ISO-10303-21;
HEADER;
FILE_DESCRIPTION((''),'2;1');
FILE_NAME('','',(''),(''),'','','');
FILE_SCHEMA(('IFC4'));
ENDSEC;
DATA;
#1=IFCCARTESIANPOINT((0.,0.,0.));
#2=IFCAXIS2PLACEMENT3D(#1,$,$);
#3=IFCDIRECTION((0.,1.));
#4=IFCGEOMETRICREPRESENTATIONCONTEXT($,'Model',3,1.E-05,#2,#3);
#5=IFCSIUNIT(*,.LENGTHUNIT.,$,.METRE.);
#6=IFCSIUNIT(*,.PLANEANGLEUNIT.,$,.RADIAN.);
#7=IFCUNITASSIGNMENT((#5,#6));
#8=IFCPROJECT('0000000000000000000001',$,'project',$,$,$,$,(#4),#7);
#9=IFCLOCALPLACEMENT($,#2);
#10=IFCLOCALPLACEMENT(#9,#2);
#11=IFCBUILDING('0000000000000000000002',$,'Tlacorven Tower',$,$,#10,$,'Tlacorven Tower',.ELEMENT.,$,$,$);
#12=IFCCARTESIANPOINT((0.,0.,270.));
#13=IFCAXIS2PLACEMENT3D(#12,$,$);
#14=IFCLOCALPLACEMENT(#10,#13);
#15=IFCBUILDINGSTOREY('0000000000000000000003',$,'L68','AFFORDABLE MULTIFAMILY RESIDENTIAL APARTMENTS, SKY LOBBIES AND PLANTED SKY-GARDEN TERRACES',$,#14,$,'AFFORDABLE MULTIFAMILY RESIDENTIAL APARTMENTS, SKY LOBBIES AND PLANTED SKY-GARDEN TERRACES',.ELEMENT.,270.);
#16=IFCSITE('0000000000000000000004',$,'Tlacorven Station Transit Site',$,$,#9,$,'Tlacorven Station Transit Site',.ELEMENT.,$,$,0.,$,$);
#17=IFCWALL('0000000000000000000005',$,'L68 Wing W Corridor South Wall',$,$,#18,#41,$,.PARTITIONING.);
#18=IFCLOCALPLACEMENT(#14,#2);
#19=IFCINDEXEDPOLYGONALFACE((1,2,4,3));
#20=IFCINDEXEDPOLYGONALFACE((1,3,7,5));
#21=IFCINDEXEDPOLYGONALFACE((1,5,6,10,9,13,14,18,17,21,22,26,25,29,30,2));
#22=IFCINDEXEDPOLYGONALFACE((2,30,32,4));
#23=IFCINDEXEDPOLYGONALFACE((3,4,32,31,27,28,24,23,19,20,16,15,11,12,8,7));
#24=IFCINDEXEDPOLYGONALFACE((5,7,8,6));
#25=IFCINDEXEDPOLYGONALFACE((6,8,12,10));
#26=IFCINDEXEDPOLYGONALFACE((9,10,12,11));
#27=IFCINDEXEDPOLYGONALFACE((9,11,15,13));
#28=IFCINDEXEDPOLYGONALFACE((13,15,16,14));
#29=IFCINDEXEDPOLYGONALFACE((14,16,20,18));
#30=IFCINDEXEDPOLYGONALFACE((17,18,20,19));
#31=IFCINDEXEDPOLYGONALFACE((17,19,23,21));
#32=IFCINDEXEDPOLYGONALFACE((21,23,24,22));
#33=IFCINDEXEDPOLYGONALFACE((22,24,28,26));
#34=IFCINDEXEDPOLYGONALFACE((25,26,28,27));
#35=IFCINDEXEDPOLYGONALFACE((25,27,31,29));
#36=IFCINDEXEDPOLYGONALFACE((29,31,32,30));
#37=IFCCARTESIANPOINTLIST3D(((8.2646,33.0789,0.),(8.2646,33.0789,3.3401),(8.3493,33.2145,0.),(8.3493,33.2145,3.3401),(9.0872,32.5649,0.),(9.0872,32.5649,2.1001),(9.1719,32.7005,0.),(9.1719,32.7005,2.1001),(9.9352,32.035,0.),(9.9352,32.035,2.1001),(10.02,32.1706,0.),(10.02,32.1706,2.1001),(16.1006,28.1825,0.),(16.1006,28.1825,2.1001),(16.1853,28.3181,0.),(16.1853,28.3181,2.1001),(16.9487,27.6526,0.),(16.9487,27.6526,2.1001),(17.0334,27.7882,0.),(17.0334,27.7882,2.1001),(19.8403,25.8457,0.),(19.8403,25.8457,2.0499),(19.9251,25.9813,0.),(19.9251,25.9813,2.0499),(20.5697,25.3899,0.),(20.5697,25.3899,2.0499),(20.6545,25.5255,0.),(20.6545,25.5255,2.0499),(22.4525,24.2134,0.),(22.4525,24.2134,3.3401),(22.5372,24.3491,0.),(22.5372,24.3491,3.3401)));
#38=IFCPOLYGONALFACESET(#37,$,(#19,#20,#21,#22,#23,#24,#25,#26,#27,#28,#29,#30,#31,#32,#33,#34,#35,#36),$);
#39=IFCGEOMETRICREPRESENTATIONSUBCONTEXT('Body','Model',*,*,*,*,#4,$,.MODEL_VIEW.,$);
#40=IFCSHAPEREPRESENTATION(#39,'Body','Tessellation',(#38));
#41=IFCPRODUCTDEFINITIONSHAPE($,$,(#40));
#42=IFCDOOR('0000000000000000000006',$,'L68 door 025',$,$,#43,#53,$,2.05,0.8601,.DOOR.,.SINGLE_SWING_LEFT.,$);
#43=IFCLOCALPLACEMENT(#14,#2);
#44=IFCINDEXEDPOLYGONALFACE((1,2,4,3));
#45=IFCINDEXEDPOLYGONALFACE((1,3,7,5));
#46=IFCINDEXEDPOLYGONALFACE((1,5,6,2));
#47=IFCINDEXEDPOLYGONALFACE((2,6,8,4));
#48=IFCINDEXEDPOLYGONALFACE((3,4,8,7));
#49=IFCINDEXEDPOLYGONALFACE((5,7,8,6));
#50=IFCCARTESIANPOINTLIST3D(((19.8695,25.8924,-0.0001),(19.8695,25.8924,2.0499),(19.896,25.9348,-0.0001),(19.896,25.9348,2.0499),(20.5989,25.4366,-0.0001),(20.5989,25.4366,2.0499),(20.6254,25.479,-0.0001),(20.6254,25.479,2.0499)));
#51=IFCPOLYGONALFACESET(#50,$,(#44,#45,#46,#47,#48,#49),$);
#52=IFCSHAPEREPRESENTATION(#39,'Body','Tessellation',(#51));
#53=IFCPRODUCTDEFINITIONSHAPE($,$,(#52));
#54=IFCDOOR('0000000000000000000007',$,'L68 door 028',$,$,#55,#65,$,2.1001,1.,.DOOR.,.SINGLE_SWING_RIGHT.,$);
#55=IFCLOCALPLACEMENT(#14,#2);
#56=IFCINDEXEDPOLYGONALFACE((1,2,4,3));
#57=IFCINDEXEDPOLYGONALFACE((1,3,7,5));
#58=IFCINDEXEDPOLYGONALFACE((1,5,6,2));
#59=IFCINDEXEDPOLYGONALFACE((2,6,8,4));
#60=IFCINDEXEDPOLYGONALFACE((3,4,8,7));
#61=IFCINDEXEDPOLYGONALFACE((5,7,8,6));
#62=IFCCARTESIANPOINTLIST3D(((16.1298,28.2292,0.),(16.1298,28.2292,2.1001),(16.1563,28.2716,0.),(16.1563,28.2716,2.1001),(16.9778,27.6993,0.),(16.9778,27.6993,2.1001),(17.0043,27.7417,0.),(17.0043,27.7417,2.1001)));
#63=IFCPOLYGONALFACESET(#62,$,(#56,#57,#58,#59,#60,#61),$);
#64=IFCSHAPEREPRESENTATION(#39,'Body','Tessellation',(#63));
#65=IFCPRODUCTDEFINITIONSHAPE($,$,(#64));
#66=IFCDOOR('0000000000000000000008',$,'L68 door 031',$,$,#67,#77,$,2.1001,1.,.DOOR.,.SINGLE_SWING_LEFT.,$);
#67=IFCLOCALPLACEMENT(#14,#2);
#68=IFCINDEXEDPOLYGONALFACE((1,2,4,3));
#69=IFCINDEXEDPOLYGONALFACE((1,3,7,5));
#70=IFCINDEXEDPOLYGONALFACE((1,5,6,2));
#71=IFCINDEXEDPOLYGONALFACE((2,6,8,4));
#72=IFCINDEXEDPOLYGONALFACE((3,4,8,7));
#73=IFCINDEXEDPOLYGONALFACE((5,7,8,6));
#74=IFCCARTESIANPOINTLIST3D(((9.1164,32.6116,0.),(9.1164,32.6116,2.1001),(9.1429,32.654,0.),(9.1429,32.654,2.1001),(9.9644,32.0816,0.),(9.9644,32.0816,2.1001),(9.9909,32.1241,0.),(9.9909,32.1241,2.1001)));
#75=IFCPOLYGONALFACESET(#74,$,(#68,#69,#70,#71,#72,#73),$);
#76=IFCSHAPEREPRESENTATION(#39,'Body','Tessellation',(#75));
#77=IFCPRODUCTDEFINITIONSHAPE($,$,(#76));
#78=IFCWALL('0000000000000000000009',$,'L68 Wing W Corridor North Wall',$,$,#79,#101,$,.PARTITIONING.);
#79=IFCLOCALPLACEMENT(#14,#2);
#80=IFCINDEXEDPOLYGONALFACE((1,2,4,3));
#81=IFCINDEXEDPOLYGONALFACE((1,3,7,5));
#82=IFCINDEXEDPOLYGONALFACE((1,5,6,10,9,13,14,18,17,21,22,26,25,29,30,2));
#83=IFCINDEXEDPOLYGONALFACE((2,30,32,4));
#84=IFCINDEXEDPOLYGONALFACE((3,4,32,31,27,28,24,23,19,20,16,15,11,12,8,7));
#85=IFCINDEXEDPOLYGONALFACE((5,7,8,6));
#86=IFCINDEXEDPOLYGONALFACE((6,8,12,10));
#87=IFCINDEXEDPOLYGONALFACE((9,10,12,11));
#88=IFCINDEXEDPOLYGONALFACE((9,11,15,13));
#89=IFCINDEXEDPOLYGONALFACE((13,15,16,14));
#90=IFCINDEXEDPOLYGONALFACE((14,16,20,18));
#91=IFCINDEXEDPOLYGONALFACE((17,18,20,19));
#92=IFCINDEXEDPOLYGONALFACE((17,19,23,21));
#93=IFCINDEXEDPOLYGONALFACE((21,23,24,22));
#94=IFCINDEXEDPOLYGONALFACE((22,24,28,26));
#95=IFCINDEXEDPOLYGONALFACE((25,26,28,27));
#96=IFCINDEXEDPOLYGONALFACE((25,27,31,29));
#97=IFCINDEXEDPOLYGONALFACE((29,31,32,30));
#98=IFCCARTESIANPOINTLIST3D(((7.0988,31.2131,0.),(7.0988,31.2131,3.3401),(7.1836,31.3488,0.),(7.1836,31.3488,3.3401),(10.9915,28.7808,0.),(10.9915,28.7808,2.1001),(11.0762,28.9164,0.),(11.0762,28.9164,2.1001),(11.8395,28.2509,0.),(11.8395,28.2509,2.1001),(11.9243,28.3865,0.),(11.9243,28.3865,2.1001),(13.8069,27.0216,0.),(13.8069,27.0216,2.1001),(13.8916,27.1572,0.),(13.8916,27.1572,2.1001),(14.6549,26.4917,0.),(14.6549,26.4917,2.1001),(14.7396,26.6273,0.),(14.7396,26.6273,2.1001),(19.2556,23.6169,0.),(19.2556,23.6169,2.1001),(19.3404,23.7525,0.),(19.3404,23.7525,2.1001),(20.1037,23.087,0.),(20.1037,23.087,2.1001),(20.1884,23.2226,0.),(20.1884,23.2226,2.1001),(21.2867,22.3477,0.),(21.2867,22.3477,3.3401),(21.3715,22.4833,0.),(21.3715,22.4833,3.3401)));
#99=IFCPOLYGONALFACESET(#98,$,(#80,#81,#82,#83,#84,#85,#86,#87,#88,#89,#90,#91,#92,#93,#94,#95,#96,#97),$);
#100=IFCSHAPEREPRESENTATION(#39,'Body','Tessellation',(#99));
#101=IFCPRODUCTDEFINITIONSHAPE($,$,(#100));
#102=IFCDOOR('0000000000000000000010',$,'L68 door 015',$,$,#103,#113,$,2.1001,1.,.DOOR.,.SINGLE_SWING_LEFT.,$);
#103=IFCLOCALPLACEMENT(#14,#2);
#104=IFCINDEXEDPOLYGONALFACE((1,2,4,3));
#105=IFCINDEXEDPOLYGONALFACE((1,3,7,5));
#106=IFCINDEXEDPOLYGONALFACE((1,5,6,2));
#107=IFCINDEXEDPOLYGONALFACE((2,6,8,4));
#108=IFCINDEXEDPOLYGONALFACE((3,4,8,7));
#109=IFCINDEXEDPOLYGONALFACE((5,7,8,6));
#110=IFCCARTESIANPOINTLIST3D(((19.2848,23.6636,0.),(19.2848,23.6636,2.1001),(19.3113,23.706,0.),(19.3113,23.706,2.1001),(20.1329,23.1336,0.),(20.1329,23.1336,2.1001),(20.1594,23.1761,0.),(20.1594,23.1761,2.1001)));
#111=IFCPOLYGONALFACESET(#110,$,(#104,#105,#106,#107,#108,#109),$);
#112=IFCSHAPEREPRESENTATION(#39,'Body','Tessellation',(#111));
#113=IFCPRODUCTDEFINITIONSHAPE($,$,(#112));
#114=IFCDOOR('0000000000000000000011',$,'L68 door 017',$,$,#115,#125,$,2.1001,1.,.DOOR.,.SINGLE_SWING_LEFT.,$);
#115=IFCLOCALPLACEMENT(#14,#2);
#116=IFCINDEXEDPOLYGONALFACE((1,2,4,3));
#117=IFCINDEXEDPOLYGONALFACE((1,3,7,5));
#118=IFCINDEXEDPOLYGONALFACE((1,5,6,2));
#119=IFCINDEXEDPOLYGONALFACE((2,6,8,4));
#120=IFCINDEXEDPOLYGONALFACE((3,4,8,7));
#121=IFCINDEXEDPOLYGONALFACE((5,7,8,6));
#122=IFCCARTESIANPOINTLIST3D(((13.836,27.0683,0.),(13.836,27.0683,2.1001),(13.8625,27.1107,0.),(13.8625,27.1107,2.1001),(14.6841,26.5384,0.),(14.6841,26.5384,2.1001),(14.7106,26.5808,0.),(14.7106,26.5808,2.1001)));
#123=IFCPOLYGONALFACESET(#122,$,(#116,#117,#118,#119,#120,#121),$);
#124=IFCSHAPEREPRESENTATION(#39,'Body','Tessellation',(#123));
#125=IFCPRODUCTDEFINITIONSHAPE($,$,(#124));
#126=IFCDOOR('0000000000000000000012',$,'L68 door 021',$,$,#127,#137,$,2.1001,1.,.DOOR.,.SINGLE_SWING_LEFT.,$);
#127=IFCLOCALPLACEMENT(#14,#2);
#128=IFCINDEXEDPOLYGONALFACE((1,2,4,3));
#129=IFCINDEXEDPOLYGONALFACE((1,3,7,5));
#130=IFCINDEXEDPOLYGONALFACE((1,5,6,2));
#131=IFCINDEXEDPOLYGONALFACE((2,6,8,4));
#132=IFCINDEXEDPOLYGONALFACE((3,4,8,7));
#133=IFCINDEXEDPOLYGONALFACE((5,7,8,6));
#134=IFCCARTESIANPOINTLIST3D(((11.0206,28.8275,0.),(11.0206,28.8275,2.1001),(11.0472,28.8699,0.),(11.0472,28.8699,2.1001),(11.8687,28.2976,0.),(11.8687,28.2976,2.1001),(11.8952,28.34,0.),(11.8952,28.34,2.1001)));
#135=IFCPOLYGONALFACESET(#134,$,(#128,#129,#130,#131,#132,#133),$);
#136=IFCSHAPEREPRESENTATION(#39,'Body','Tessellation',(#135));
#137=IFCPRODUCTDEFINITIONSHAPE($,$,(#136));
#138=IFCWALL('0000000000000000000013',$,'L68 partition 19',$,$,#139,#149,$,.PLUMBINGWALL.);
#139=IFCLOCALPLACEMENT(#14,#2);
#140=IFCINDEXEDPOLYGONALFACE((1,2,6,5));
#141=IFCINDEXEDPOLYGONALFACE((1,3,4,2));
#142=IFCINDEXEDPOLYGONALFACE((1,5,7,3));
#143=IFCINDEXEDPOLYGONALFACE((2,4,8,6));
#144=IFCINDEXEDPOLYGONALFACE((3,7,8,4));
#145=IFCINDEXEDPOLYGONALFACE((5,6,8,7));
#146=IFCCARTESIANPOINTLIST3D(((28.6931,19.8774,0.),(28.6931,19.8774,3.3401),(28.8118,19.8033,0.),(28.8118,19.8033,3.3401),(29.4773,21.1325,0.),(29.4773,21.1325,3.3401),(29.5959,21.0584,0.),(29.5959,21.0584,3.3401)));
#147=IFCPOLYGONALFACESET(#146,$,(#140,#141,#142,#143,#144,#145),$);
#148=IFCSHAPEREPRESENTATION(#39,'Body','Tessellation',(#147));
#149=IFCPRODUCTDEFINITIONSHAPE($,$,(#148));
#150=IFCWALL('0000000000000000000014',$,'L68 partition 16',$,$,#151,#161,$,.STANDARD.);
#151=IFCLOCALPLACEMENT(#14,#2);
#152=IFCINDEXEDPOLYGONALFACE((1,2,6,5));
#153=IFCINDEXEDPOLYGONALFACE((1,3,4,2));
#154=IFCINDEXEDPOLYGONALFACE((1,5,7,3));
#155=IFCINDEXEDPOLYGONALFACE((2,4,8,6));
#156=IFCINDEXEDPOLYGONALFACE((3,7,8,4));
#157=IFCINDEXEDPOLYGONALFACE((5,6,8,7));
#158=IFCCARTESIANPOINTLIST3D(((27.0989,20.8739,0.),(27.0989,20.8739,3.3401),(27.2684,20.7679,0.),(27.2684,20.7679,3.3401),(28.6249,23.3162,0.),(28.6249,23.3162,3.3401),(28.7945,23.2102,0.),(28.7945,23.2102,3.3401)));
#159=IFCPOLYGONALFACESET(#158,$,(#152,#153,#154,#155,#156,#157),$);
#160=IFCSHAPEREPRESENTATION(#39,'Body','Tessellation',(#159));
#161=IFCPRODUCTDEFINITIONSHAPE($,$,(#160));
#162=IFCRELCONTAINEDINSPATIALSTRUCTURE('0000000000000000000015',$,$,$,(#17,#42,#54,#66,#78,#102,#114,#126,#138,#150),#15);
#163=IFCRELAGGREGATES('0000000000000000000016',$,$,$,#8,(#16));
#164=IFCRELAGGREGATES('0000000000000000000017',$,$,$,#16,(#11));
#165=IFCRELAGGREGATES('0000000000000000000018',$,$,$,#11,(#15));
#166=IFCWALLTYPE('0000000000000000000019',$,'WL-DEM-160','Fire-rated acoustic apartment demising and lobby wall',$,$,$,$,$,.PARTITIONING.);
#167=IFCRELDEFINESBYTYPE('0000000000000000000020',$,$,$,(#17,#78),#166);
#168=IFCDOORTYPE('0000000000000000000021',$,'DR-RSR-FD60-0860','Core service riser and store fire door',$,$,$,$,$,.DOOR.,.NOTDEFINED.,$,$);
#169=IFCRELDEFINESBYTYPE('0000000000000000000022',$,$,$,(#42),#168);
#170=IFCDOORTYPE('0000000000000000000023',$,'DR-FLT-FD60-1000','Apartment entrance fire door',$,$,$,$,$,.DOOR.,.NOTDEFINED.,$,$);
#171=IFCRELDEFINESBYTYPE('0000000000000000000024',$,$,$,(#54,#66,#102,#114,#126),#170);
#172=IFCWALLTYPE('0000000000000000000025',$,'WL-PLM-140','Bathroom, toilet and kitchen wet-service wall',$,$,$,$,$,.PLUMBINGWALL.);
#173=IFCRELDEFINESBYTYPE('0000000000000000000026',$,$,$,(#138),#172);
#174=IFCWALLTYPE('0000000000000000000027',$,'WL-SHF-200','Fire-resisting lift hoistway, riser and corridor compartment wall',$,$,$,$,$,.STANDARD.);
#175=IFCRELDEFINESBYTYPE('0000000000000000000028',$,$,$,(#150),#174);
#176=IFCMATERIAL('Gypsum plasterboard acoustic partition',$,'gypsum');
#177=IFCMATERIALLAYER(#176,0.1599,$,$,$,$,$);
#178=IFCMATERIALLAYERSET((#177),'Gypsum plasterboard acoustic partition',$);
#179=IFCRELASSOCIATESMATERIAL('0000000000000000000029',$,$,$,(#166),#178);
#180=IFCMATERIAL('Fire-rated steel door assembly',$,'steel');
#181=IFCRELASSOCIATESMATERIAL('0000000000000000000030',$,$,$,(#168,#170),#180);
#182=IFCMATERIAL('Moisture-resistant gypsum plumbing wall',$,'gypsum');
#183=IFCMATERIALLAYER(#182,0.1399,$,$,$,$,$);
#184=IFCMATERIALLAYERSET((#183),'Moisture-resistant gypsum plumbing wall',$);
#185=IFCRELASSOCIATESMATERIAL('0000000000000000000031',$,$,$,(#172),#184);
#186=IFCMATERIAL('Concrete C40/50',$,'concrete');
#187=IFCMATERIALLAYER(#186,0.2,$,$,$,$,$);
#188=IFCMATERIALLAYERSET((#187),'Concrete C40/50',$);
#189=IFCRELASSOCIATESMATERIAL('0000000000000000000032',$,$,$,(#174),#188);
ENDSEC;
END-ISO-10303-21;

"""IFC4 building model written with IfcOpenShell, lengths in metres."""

from ifc_helpers import new_model, si_unit, direction, frame, frame_2d, origin, place, context, subcontext, project, spatial, rectangle, extrude, source, transform, mapped, material, layer, layer_set, type_object, element, fill, save


model = new_model("IFC4")

# Units and contexts
model_context = context("Model", 3, precision=1e-05, world=origin(), true_north=direction((0.0, 1.0)))
body_context = subcontext(model_context, "Body", "Model", "MODEL_VIEW")
ifc_project = project(units=[si_unit("LENGTHUNIT", "METRE"), si_unit("PLANEANGLEUNIT", "RADIAN")], contexts=[model_context])

# Site, building, storey
site_placement = place(None, origin())
site = spatial("IfcSite", under=ifc_project, at=site_placement, Name="Tlacorven Station Transit Site", LongName="Tlacorven Station Transit Site", CompositionType="ELEMENT", RefElevation=0.0)
building_placement = place(site_placement, origin())
building = spatial("IfcBuilding", under=site, at=building_placement, Name="Tlacorven Tower", LongName="Tlacorven Tower", CompositionType="ELEMENT")
storey_placement = place(building_placement, frame((0.0, 0.0, 270.0)))
storey = spatial("IfcBuildingStorey", under=building, at=storey_placement, Name="L68", Description="AFFORDABLE MULTIFAMILY RESIDENTIAL APARTMENTS, SKY LOBBIES AND PLANTED SKY-GARDEN TERRACES", LongName="AFFORDABLE MULTIFAMILY RESIDENTIAL APARTMENTS, SKY LOBBIES AND PLANTED SKY-GARDEN TERRACES", CompositionType="ELEMENT", Elevation=270.0)

# Shared definitions
ifc_material_1 = material(Name="Gypsum plasterboard acoustic partition", Category="gypsum")
ifc_layer_1 = layer(ifc_material_1, 0.1599)
ifc_layer_set_1 = layer_set([ifc_layer_1], Name="Gypsum plasterboard acoustic partition")
wall_type_1 = type_object("IfcWallType", Name="WL-DEM-160", Description="Fire-rated acoustic apartment demising and lobby wall", PredefinedType="PARTITIONING", material=ifc_layer_set_1)

# Walls, openings, doors
wall_1_placement = place(storey_placement, frame((22.4949, 24.2812, 0.0), z_axis=(0.0, 0.0, 1.0), x_axis=(-0.848052, 0.529912, 0.0)))
wall_1 = element("IfcWall", 1, at=wall_1_placement, inside=storey, type_object=wall_type_1, Name="L68 Wing W Corridor South Wall", PredefinedType="PARTITIONING", context=body_context, shape_type="SweptSolid", body=[
    extrude(rectangle(XDim=16.73, YDim=0.1599, at=frame_2d((8.365, 0.0))), origin(), (0.0, 0.0, 1.0), 3.3401),
])
opening_1_placement = place(wall_1_placement, frame((2.22, 0.0, 0.0)))
opening_1 = element("IfcOpeningElement", 2, at=opening_1_placement, cuts=wall_1, PredefinedType="OPENING", context=body_context, shape_type="SweptSolid", body=[
    extrude(rectangle(XDim=0.8601, YDim=2.05, at=frame_2d((0.4302, 1.0249))), frame((0.0, 0.0898, 0.0), z_axis=(0.0, -1.0, 0.0), x_axis=(1.0, 0.0, 0.0)), (0.0, 0.0, 1.0), 0.1799),
])
opening_2_placement = place(wall_1_placement, frame((6.49, 0.0, 0.0)))
opening_2 = element("IfcOpeningElement", 3, at=opening_2_placement, cuts=wall_1, PredefinedType="OPENING", context=body_context, shape_type="SweptSolid", body=[
    extrude(rectangle(XDim=1.0, YDim=2.1001, at=frame_2d((0.5, 1.05))), frame((0.0, 0.0898, 0.0), z_axis=(0.0, -1.0, 0.0), x_axis=(1.0, 0.0, 0.0)), (0.0, 0.0, 1.0), 0.1799),
])
opening_3_placement = place(wall_1_placement, frame((14.76, 0.0, 0.0)))
opening_3 = element("IfcOpeningElement", 4, at=opening_3_placement, cuts=wall_1, PredefinedType="OPENING", context=body_context, shape_type="SweptSolid", body=[
    extrude(rectangle(XDim=1.0, YDim=2.1001, at=frame_2d((0.5, 1.05))), frame((0.0, 0.0898, 0.0), z_axis=(0.0, -1.0, 0.0), x_axis=(1.0, 0.0, 0.0)), (0.0, 0.0, 1.0), 0.1799),
])
ifc_material_2 = material(Name="Fire-rated steel door assembly", Category="steel")
door_type_1 = type_object("IfcDoorType", Name="DR-RSR-FD60-0860", Description="Core service riser and store fire door", OperationType="NOTDEFINED", PredefinedType="DOOR", material=ifc_material_2)
shared_shape_1 = source(origin(), body_context, "Body", "SweptSolid", [
    extrude(rectangle(XDim=0.8601, YDim=2.05, at=frame_2d((0.4302, 1.0249))), frame((0.0, 0.0249, 0.0), z_axis=(0.0, -1.0, 0.0), x_axis=(1.0, 0.0, 0.0)), (0.0, 0.0, 1.0), 0.05),
])
door_1_placement = place(opening_1_placement, origin())
door_1 = element("IfcDoor", 5, at=door_1_placement, inside=storey, type_object=door_type_1, Name="L68 door 025", OperationType="SINGLE_SWING_LEFT", OverallHeight=2.05, OverallWidth=0.8601, PredefinedType="DOOR", context=body_context, shape_type="MappedRepresentation", body=[
    mapped(shared_shape_1, transform((0.0, 0.0, 0.0), scale=1.0)),
])
fill(opening_1, door_1)
door_type_2 = type_object("IfcDoorType", Name="DR-FLT-FD60-1000", Description="Apartment entrance fire door", OperationType="NOTDEFINED", PredefinedType="DOOR", material=ifc_material_2)
shared_shape_2 = source(origin(), body_context, "Body", "SweptSolid", [
    extrude(rectangle(XDim=1.0, YDim=2.1001, at=frame_2d((0.5, 1.05))), frame((0.0, 0.0249, 0.0), z_axis=(0.0, -1.0, 0.0), x_axis=(1.0, 0.0, 0.0)), (0.0, 0.0, 1.0), 0.05),
])
door_2_placement = place(opening_2_placement, origin())
door_2 = element("IfcDoor", 6, at=door_2_placement, inside=storey, type_object=door_type_2, Name="L68 door 028", OperationType="SINGLE_SWING_RIGHT", OverallHeight=2.1001, OverallWidth=1.0, PredefinedType="DOOR", context=body_context, shape_type="MappedRepresentation", body=[
    mapped(shared_shape_2, transform((0.0, 0.0, 0.0), scale=1.0)),
])
fill(opening_2, door_2)
door_3_placement = place(opening_3_placement, origin())
door_3 = element("IfcDoor", 7, at=door_3_placement, inside=storey, type_object=door_type_2, Name="L68 door 031", OperationType="SINGLE_SWING_LEFT", OverallHeight=2.1001, OverallWidth=1.0, PredefinedType="DOOR", context=body_context, shape_type="MappedRepresentation", body=[
    mapped(shared_shape_2, transform((0.0, 0.0, 0.0), scale=1.0)),
])
fill(opening_3, door_3)
wall_2_placement = place(storey_placement, frame((21.3291, 22.4155, 0.0), z_axis=(0.0, 0.0, 1.0), x_axis=(-0.848052, 0.529912, 0.0)))
wall_2 = element("IfcWall", 8, at=wall_2_placement, inside=storey, type_object=wall_type_1, Name="L68 Wing W Corridor North Wall", PredefinedType="PARTITIONING", context=body_context, shape_type="SweptSolid", body=[
    extrude(rectangle(XDim=16.73, YDim=0.1599, at=frame_2d((8.365, 0.0))), origin(), (0.0, 0.0, 1.0), 3.3401),
])
opening_4_placement = place(wall_2_placement, frame((1.395, 0.0, 0.0)))
opening_4 = element("IfcOpeningElement", 9, at=opening_4_placement, cuts=wall_2, PredefinedType="OPENING", context=body_context, shape_type="SweptSolid", body=[
    extrude(rectangle(XDim=1.0, YDim=2.1001, at=frame_2d((0.5, 1.05))), frame((0.0, 0.0898, 0.0), z_axis=(0.0, -1.0, 0.0), x_axis=(1.0, 0.0, 0.0)), (0.0, 0.0, 1.0), 0.1799),
])
opening_5_placement = place(wall_2_placement, frame((7.8201, 0.0, 0.0)))
opening_5 = element("IfcOpeningElement", 10, at=opening_5_placement, cuts=wall_2, PredefinedType="OPENING", context=body_context, shape_type="SweptSolid", body=[
    extrude(rectangle(XDim=1.0, YDim=2.1001, at=frame_2d((0.5, 1.05))), frame((0.0, 0.0898, 0.0), z_axis=(0.0, -1.0, 0.0), x_axis=(1.0, 0.0, 0.0)), (0.0, 0.0, 1.0), 0.1799),
])
opening_6_placement = place(wall_2_placement, frame((11.1399, 0.0, 0.0)))
opening_6 = element("IfcOpeningElement", 11, at=opening_6_placement, cuts=wall_2, PredefinedType="OPENING", context=body_context, shape_type="SweptSolid", body=[
    extrude(rectangle(XDim=1.0, YDim=2.1001, at=frame_2d((0.5, 1.05))), frame((0.0, 0.0898, 0.0), z_axis=(0.0, -1.0, 0.0), x_axis=(1.0, 0.0, 0.0)), (0.0, 0.0, 1.0), 0.1799),
])
door_4_placement = place(opening_4_placement, origin())
door_4 = element("IfcDoor", 12, at=door_4_placement, inside=storey, type_object=door_type_2, Name="L68 door 015", OperationType="SINGLE_SWING_LEFT", OverallHeight=2.1001, OverallWidth=1.0, PredefinedType="DOOR", context=body_context, shape_type="MappedRepresentation", body=[
    mapped(shared_shape_2, transform((0.0, 0.0, 0.0), scale=1.0)),
])
fill(opening_4, door_4)
door_5_placement = place(opening_5_placement, origin())
door_5 = element("IfcDoor", 13, at=door_5_placement, inside=storey, type_object=door_type_2, Name="L68 door 017", OperationType="SINGLE_SWING_LEFT", OverallHeight=2.1001, OverallWidth=1.0, PredefinedType="DOOR", context=body_context, shape_type="MappedRepresentation", body=[
    mapped(shared_shape_2, transform((0.0, 0.0, 0.0), scale=1.0)),
])
fill(opening_5, door_5)
door_6_placement = place(opening_6_placement, origin())
door_6 = element("IfcDoor", 14, at=door_6_placement, inside=storey, type_object=door_type_2, Name="L68 door 021", OperationType="SINGLE_SWING_LEFT", OverallHeight=2.1001, OverallWidth=1.0, PredefinedType="DOOR", context=body_context, shape_type="MappedRepresentation", body=[
    mapped(shared_shape_2, transform((0.0, 0.0, 0.0), scale=1.0)),
])
fill(opening_6, door_6)

# Walls
ifc_material_3 = material(Name="Moisture-resistant gypsum plumbing wall", Category="gypsum")
ifc_layer_2 = layer(ifc_material_3, 0.1399)
ifc_layer_set_2 = layer_set([ifc_layer_2], Name="Moisture-resistant gypsum plumbing wall")
wall_type_2 = type_object("IfcWallType", Name="WL-PLM-140", Description="Bathroom, toilet and kitchen wet-service wall", PredefinedType="PLUMBINGWALL", material=ifc_layer_set_2)
wall_3_placement = place(storey_placement, frame((29.5366, 21.0955, 0.0), z_axis=(0.0, 0.0, 1.0), x_axis=(-0.529865, -0.848082, 0.0)))
element("IfcWall", 15, at=wall_3_placement, inside=storey, type_object=wall_type_2, Name="L68 partition 19", PredefinedType="PLUMBINGWALL", context=body_context, shape_type="SweptSolid", body=[
    extrude(rectangle(XDim=1.48, YDim=0.1399, at=frame_2d((0.74, 0.0))), origin(), (0.0, 0.0, 1.0), 3.3401),
])
ifc_material_4 = material(Name="Concrete C40/50", Category="concrete")
ifc_layer_3 = layer(ifc_material_4, 0.2)
ifc_layer_set_3 = layer_set([ifc_layer_3], Name="Concrete C40/50")
wall_type_3 = type_object("IfcWallType", Name="WL-SHF-200", Description="Fire-resisting lift hoistway, riser and corridor compartment wall", PredefinedType="STANDARD", material=ifc_layer_set_3)
wall_4_placement = place(storey_placement, frame((28.7097, 23.2632, 0.0), z_axis=(0.0, 0.0, 1.0), x_axis=(-0.529907, -0.848055, 0.0)))
element("IfcWall", 16, at=wall_4_placement, inside=storey, type_object=wall_type_3, Name="L68 partition 16", PredefinedType="STANDARD", context=body_context, shape_type="SweptSolid", body=[
    extrude(rectangle(XDim=2.8799, YDim=0.2, at=frame_2d((1.4399, 0.0))), origin(), (0.0, 0.0, 1.0), 3.3401),
])

save(model, "model.ifc")
